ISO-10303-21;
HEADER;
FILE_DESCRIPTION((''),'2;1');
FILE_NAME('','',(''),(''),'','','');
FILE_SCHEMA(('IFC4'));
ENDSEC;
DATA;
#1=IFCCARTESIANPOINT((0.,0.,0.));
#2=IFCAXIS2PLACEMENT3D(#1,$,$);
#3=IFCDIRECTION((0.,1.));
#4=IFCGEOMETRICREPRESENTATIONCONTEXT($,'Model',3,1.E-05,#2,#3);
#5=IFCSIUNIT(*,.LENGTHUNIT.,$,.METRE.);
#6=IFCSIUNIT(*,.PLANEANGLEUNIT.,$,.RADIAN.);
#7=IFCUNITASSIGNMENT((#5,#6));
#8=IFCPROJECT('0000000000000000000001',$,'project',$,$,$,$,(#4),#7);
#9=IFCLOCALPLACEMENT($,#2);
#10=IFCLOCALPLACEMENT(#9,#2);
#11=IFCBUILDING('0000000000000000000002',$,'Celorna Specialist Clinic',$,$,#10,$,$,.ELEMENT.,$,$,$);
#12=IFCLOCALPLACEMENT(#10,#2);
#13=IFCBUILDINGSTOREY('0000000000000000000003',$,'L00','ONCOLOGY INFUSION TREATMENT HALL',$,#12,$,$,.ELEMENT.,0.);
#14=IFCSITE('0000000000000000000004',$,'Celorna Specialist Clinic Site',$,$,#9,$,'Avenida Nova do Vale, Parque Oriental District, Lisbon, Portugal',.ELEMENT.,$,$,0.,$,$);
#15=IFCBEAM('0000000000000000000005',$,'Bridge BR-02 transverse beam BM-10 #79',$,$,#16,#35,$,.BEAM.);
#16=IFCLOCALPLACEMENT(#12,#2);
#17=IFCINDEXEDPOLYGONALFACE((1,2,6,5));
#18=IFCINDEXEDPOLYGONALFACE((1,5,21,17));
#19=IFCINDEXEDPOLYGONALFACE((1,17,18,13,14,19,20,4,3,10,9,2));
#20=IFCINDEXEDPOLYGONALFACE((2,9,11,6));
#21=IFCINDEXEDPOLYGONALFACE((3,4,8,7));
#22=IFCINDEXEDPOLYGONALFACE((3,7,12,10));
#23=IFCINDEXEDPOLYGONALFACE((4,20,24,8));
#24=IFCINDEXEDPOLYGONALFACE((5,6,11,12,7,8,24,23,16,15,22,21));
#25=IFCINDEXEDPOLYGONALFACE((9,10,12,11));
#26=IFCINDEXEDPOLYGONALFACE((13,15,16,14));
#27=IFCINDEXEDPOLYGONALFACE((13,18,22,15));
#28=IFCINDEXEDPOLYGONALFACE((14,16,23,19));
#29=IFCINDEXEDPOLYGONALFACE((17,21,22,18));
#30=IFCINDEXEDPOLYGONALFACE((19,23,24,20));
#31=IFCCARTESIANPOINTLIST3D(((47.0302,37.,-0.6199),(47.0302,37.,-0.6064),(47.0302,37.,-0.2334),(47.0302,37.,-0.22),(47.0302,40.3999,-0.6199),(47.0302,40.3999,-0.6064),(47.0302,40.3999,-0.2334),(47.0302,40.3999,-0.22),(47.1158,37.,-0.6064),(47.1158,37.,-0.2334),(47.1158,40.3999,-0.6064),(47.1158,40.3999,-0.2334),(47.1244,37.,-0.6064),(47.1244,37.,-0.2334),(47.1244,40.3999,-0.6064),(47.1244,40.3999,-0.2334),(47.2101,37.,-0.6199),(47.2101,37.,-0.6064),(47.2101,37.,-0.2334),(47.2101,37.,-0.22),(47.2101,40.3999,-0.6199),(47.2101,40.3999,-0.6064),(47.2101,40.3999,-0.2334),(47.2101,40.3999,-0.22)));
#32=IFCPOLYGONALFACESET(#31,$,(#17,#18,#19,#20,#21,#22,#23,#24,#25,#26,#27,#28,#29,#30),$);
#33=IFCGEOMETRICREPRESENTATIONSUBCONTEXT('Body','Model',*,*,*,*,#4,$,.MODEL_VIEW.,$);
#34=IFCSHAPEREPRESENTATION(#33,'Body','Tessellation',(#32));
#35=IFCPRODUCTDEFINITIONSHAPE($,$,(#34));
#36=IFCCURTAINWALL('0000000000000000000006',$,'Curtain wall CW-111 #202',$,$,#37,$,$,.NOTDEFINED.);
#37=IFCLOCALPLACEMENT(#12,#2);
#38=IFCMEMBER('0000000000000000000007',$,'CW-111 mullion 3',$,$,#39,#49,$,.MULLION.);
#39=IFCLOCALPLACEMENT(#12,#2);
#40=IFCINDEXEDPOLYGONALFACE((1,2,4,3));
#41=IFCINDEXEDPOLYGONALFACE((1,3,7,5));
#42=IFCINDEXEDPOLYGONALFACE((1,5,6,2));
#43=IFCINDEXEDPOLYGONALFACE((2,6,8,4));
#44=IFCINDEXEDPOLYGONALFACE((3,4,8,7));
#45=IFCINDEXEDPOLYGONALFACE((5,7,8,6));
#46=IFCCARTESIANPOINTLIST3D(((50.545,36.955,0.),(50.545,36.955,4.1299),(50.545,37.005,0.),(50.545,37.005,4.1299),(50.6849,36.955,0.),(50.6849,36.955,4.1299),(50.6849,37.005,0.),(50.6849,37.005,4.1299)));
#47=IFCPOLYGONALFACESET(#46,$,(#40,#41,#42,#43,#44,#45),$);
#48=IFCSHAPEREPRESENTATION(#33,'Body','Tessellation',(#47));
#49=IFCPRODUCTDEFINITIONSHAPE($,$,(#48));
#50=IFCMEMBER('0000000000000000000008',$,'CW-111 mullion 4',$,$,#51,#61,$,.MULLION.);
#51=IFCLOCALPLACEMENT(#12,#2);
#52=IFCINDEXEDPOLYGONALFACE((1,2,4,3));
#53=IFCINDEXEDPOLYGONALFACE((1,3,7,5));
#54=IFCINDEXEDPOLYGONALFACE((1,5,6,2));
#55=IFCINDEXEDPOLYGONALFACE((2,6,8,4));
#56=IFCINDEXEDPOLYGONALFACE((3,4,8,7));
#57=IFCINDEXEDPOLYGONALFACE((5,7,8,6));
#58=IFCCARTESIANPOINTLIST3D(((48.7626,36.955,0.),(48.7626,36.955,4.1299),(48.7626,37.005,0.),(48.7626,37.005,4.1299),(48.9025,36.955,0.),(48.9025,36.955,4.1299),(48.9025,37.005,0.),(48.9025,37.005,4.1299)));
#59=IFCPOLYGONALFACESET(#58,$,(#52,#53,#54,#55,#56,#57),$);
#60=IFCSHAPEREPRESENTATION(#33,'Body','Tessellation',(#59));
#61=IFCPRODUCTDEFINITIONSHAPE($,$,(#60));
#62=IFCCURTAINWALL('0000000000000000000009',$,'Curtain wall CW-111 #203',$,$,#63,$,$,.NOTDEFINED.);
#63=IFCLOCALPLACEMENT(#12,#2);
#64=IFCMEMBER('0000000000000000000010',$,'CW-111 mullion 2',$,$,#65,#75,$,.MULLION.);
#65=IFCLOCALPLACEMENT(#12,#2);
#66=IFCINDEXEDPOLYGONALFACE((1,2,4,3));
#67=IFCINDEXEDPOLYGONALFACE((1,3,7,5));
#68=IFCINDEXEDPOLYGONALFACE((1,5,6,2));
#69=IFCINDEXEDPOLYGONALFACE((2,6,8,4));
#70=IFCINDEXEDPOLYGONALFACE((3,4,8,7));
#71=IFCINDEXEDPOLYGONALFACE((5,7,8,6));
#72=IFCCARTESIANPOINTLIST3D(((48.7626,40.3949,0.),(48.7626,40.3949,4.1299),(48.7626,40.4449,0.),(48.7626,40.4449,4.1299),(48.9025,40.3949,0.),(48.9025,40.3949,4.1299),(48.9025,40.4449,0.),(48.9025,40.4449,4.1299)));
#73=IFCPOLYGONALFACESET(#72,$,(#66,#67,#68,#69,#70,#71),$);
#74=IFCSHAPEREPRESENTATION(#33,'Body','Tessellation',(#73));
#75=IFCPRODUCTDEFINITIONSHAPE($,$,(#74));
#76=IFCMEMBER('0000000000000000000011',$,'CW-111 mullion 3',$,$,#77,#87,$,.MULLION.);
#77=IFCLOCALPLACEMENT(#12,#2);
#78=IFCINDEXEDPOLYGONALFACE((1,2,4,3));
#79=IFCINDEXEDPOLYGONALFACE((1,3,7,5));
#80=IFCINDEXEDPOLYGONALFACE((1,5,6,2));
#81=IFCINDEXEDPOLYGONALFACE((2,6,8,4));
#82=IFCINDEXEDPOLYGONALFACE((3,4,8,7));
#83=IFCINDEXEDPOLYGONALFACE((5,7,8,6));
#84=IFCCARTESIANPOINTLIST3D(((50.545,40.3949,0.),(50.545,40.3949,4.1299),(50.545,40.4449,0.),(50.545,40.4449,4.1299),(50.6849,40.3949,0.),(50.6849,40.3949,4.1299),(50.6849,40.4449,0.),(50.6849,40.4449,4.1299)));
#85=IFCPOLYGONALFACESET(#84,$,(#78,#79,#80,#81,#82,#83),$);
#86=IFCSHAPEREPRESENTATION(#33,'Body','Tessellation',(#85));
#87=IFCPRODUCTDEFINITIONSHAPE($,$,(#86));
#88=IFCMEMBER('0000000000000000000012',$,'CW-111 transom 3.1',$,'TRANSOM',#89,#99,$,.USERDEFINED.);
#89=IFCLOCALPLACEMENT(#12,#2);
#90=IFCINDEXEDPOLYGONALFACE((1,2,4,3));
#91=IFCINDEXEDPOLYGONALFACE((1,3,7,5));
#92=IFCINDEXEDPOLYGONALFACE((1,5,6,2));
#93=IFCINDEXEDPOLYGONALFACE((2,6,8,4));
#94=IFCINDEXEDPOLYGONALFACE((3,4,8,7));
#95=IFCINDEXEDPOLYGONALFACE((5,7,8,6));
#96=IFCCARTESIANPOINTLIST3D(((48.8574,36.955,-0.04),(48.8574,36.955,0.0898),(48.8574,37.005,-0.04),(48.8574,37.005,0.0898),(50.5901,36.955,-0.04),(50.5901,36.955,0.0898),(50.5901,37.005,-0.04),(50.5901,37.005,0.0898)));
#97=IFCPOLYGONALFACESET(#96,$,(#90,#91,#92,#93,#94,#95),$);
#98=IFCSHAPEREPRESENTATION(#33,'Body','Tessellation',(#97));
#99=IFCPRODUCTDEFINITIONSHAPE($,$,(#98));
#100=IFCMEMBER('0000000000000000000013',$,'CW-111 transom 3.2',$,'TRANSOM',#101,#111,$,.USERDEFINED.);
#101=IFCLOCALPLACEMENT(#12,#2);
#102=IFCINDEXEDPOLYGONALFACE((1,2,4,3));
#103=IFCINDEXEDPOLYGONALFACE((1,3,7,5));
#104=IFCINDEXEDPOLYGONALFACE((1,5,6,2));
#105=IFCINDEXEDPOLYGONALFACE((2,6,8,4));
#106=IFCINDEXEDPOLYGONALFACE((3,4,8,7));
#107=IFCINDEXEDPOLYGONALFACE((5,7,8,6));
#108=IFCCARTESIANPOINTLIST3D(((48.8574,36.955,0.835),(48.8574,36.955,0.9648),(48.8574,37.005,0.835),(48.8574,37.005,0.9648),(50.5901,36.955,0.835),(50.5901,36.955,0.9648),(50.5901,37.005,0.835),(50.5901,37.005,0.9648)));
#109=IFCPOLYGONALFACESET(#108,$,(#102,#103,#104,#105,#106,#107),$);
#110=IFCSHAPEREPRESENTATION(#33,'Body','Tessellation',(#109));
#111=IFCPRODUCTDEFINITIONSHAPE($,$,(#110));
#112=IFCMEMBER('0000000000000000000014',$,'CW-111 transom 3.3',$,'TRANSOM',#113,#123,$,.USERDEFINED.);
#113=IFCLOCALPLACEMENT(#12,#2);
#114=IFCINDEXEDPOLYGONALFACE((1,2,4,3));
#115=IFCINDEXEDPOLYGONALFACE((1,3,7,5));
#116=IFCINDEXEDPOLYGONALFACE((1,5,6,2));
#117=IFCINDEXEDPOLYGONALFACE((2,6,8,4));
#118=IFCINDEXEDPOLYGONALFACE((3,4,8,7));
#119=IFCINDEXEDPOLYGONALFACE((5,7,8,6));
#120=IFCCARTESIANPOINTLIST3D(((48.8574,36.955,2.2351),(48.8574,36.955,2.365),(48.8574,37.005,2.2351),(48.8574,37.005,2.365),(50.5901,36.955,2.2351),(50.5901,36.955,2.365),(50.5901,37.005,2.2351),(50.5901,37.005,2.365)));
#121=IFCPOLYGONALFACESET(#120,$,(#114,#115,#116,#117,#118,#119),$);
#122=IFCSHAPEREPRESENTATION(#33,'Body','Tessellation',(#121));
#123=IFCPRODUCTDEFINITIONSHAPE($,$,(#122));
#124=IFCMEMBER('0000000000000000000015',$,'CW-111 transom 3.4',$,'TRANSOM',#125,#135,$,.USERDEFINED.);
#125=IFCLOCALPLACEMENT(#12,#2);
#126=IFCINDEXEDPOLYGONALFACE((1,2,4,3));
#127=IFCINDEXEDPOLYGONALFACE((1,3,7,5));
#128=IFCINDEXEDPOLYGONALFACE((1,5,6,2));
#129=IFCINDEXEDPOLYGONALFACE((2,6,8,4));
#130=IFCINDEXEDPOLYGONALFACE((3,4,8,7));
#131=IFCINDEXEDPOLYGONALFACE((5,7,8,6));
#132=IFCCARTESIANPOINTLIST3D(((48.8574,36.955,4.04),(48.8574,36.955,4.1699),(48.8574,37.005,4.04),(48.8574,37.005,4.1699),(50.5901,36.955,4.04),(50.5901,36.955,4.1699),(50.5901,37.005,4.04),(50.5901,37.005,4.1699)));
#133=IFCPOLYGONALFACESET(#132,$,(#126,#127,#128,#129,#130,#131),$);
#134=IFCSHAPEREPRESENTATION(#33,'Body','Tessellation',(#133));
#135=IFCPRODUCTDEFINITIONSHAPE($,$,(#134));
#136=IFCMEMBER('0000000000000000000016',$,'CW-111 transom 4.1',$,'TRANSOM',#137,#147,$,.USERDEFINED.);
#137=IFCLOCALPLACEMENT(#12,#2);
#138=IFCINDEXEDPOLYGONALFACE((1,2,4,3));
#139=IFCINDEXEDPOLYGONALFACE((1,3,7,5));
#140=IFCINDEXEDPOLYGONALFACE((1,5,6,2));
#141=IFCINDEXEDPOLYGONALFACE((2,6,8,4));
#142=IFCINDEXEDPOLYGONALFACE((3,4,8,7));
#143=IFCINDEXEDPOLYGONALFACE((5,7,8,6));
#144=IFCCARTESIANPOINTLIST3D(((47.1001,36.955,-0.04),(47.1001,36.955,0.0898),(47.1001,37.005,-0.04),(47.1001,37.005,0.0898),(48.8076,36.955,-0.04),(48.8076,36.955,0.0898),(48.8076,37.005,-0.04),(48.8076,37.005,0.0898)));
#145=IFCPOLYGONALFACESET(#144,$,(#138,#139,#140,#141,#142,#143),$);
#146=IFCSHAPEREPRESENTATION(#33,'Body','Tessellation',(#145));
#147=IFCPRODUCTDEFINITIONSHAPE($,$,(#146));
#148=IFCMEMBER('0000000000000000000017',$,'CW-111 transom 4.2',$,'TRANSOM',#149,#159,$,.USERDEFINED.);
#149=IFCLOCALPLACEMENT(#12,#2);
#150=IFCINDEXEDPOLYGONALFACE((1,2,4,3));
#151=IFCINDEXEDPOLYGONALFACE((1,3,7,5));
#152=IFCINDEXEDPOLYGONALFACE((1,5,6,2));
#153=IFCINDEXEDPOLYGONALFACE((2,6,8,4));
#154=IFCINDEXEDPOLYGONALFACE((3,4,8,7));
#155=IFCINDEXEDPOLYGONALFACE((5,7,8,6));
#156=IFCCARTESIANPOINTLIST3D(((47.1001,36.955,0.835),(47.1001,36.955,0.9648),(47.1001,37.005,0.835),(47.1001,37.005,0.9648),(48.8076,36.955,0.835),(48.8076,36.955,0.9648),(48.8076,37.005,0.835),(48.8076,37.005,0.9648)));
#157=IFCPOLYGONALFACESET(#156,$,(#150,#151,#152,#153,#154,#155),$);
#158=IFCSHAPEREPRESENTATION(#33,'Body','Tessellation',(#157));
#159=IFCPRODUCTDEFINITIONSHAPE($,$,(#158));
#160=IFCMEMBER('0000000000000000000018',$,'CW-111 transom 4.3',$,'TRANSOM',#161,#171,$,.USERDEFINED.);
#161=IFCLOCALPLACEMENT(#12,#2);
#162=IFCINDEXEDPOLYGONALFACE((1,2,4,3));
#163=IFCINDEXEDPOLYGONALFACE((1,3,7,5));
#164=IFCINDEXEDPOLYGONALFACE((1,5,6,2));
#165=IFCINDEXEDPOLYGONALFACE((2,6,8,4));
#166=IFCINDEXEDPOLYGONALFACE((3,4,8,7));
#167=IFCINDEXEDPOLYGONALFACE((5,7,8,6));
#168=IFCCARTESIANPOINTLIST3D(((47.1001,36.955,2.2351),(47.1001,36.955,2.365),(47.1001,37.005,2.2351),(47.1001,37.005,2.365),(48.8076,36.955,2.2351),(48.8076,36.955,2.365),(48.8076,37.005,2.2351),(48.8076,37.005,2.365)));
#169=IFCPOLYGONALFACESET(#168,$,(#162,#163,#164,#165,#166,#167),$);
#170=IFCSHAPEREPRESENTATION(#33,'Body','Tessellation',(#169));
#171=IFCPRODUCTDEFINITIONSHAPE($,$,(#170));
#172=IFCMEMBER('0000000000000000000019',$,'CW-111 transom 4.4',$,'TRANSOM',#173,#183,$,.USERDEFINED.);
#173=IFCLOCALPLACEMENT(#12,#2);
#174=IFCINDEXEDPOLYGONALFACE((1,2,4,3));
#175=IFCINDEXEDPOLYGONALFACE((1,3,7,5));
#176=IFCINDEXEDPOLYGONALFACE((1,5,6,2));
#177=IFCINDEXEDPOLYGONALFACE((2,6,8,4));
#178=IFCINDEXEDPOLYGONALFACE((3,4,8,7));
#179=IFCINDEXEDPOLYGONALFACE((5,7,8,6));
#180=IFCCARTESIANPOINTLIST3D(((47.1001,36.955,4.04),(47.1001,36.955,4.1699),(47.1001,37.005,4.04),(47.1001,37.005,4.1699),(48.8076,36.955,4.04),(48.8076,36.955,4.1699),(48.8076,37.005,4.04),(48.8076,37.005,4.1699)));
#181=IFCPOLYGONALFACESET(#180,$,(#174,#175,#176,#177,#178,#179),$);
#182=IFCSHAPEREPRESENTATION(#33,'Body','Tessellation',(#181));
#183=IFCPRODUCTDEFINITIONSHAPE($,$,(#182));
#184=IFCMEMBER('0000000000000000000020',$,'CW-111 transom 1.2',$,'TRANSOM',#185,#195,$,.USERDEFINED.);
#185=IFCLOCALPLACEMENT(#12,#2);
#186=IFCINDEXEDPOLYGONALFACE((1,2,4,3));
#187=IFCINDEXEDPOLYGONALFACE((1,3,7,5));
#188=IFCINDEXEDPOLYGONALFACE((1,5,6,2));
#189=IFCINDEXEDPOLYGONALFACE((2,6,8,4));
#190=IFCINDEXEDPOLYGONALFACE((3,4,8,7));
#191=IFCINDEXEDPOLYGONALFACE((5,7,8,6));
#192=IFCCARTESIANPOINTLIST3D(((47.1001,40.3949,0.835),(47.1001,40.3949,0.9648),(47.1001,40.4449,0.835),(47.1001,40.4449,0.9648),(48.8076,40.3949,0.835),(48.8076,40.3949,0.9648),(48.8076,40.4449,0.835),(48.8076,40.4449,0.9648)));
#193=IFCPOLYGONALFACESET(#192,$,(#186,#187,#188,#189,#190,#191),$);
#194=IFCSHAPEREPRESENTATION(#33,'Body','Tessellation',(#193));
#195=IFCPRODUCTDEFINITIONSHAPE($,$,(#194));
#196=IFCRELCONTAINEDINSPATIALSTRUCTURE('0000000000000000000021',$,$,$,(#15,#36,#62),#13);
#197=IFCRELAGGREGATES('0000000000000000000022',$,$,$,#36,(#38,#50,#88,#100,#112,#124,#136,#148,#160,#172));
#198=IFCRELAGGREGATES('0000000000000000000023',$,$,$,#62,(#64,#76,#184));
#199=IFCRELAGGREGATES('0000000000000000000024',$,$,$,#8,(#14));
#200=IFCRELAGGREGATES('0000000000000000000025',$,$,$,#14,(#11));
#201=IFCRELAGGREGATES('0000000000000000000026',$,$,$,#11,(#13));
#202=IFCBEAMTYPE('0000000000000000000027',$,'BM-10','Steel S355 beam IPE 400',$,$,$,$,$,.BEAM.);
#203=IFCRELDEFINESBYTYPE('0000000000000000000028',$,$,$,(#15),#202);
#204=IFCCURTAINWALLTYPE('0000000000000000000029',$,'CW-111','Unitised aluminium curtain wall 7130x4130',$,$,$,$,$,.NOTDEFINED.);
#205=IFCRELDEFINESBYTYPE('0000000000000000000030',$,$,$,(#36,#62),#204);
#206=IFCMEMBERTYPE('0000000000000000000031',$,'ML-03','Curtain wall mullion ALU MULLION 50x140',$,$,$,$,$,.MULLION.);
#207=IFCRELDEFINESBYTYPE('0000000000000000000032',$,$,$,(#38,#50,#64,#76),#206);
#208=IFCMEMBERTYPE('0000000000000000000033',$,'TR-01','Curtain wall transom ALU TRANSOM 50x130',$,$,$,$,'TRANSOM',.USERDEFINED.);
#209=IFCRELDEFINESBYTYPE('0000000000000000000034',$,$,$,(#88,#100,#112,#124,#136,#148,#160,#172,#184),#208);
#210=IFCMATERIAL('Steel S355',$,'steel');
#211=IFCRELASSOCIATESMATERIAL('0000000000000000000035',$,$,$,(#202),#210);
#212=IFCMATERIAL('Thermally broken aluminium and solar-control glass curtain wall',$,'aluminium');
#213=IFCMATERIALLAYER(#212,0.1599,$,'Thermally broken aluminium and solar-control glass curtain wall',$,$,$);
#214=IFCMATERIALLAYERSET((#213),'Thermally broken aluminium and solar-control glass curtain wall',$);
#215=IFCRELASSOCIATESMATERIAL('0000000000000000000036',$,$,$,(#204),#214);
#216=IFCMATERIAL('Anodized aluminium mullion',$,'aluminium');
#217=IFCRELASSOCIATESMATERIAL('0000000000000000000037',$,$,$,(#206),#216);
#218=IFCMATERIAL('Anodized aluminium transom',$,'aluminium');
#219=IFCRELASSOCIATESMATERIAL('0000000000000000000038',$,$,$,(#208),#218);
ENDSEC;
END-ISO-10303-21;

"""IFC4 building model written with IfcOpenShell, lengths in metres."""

from ifc_helpers import new_model, si_unit, direction, frame, origin, origin_2d, place, context, subcontext, project, spatial, rectangle, i_section, extrude, material, layer, layer_set, material_profile, profile_set, type_object, element, aggregate, save


model = new_model("IFC4")

# Units and contexts
model_context = context("Model", 3, precision=1e-05, world=origin(), true_north=direction((0.0, 1.0)))
body_context = subcontext(model_context, "Body", "Model", "MODEL_VIEW")
ifc_project = project(units=[si_unit("LENGTHUNIT", "METRE"), si_unit("PLANEANGLEUNIT", "RADIAN")], contexts=[model_context])

# Site, building, storey
site_placement = place(None, origin())
site = spatial("IfcSite", under=ifc_project, at=site_placement, Name="Celorna Specialist Clinic Site", LongName="Avenida Nova do Vale, Parque Oriental District, Lisbon, Portugal", CompositionType="ELEMENT", RefElevation=0.0)
building_placement = place(site_placement, origin())
building = spatial("IfcBuilding", under=site, at=building_placement, Name="Celorna Specialist Clinic", CompositionType="ELEMENT")
storey_placement = place(building_placement, origin())
storey = spatial("IfcBuildingStorey", under=building, at=storey_placement, Name="L00", Description="ONCOLOGY INFUSION TREATMENT HALL", CompositionType="ELEMENT", Elevation=0.0)

# Beam
ifc_material_1 = material(Name="Steel S355", Category="steel")
ifc_material_profile_1 = material_profile(ifc_material_1, i_section(OverallWidth=0.1799, OverallDepth=0.3999, WebThickness=0.0085, FlangeThickness=0.0134, at=origin_2d()), Name="IPE 400")
ifc_profile_set_1 = profile_set([ifc_material_profile_1], Name="Steel S355")
beam_type = type_object("IfcBeamType", Name="BM-10", Description="Steel S355 beam IPE 400", PredefinedType="BEAM", material=ifc_profile_set_1)
beam_placement = place(storey_placement, frame((47.1201, 37.0, -0.4199), z_axis=(0.0, 1.0, 0.0), x_axis=(-1.0, 0.0, 0.0)))
element("IfcBeam", 1, at=beam_placement, inside=storey, type_object=beam_type, Name="Bridge BR-02 transverse beam BM-10 #79", PredefinedType="BEAM", context=body_context, shape_type="SweptSolid", body=[
    extrude(i_section(OverallWidth=0.1799, OverallDepth=0.3999, WebThickness=0.0085, FlangeThickness=0.0134, at=origin_2d()), origin(), (0.0, 0.0, 1.0), 3.3999),
])

# Curtain walls, members
ifc_material_2 = material(Name="Thermally broken aluminium and solar-control glass curtain wall", Category="aluminium")
ifc_layer_1 = layer(ifc_material_2, 0.1599, Name="Thermally broken aluminium and solar-control glass curtain wall")
ifc_layer_set_1 = layer_set([ifc_layer_1], Name="Thermally broken aluminium and solar-control glass curtain wall")
curtain_wall_type = type_object("IfcCurtainWallType", Name="CW-111", Description="Unitised aluminium curtain wall 7130x4130", PredefinedType="NOTDEFINED", material=ifc_layer_set_1)
curtain_wall_1_placement = place(storey_placement, origin())
curtain_wall_1 = element("IfcCurtainWall", 2, at=curtain_wall_1_placement, inside=storey, type_object=curtain_wall_type, Name="Curtain wall CW-111 #202", PredefinedType="NOTDEFINED")
ifc_material_3 = material(Name="Anodized aluminium mullion", Category="aluminium")
ifc_material_profile_2 = material_profile(ifc_material_3, rectangle(XDim=0.05, YDim=0.1399, at=origin_2d()), Name="ALU MULLION 50x140")
ifc_profile_set_2 = profile_set([ifc_material_profile_2], Name="Anodized aluminium mullion")
member_type_1 = type_object("IfcMemberType", Name="ML-03", Description="Curtain wall mullion ALU MULLION 50x140", PredefinedType="MULLION", material=ifc_profile_set_2)
member_1_placement = place(storey_placement, frame((50.615, 36.98, 0.0), z_axis=(0.0, 0.0, 1.0), x_axis=(0.0, -1.0, 0.0)))
member_1 = element("IfcMember", 3, at=member_1_placement, type_object=member_type_1, Name="CW-111 mullion 3", PredefinedType="MULLION", context=body_context, shape_type="SweptSolid", body=[
    extrude(rectangle(XDim=0.05, YDim=0.1399, at=origin_2d()), origin(), (0.0, 0.0, 1.0), 4.1299),
])
member_2_placement = place(storey_placement, frame((48.8325, 36.98, 0.0), z_axis=(0.0, 0.0, 1.0), x_axis=(0.0, -1.0, 0.0)))
member_2 = element("IfcMember", 4, at=member_2_placement, type_object=member_type_1, Name="CW-111 mullion 4", PredefinedType="MULLION", context=body_context, shape_type="SweptSolid", body=[
    extrude(rectangle(XDim=0.05, YDim=0.1399, at=origin_2d()), origin(), (0.0, 0.0, 1.0), 4.1299),
])
curtain_wall_2_placement = place(storey_placement, origin())
curtain_wall_2 = element("IfcCurtainWall", 5, at=curtain_wall_2_placement, inside=storey, type_object=curtain_wall_type, Name="Curtain wall CW-111 #203", PredefinedType="NOTDEFINED")
member_3_placement = place(storey_placement, frame((48.8325, 40.4199, 0.0), z_axis=(0.0, 0.0, 1.0), x_axis=(0.0, 1.0, 0.0)))
member_3 = element("IfcMember", 6, at=member_3_placement, type_object=member_type_1, Name="CW-111 mullion 2", PredefinedType="MULLION", context=body_context, shape_type="SweptSolid", body=[
    extrude(rectangle(XDim=0.05, YDim=0.1399, at=origin_2d()), origin(), (0.0, 0.0, 1.0), 4.1299),
])
member_4_placement = place(storey_placement, frame((50.615, 40.4199, 0.0), z_axis=(0.0, 0.0, 1.0), x_axis=(0.0, 1.0, 0.0)))
member_4 = element("IfcMember", 7, at=member_4_placement, type_object=member_type_1, Name="CW-111 mullion 3", PredefinedType="MULLION", context=body_context, shape_type="SweptSolid", body=[
    extrude(rectangle(XDim=0.05, YDim=0.1399, at=origin_2d()), origin(), (0.0, 0.0, 1.0), 4.1299),
])

# Members
ifc_material_4 = material(Name="Anodized aluminium transom", Category="aluminium")
ifc_material_profile_3 = material_profile(ifc_material_4, rectangle(XDim=0.05, YDim=0.1299, at=origin_2d()), Name="ALU TRANSOM 50x130")
ifc_profile_set_3 = profile_set([ifc_material_profile_3], Name="Anodized aluminium transom")
member_type_2 = type_object("IfcMemberType", Name="TR-01", Description="Curtain wall transom ALU TRANSOM 50x130", ElementType="TRANSOM", PredefinedType="USERDEFINED", material=ifc_profile_set_3)
member_5_placement = place(storey_placement, frame((50.5901, 36.98, 0.0249), z_axis=(-1.0, 0.0, 0.0), x_axis=(0.0, -1.0, 0.0)))
member_5 = element("IfcMember", 8, at=member_5_placement, type_object=member_type_2, Name="CW-111 transom 3.1", ObjectType="TRANSOM", PredefinedType="USERDEFINED", context=body_context, shape_type="SweptSolid", body=[
    extrude(rectangle(XDim=0.05, YDim=0.1299, at=origin_2d()), origin(), (0.0, 0.0, 1.0), 1.7327),
])
member_6_placement = place(storey_placement, frame((50.5901, 36.98, 0.8999), z_axis=(-1.0, 0.0, 0.0), x_axis=(0.0, -1.0, 0.0)))
member_6 = element("IfcMember", 9, at=member_6_placement, type_object=member_type_2, Name="CW-111 transom 3.2", ObjectType="TRANSOM", PredefinedType="USERDEFINED", context=body_context, shape_type="SweptSolid", body=[
    extrude(rectangle(XDim=0.05, YDim=0.1299, at=origin_2d()), origin(), (0.0, 0.0, 1.0), 1.7327),
])
member_7_placement = place(storey_placement, frame((50.5901, 36.98, 2.3), z_axis=(-1.0, 0.0, 0.0), x_axis=(0.0, -1.0, 0.0)))
member_7 = element("IfcMember", 10, at=member_7_placement, type_object=member_type_2, Name="CW-111 transom 3.3", ObjectType="TRANSOM", PredefinedType="USERDEFINED", context=body_context, shape_type="SweptSolid", body=[
    extrude(rectangle(XDim=0.05, YDim=0.1299, at=origin_2d()), origin(), (0.0, 0.0, 1.0), 1.7327),
])
member_8_placement = place(storey_placement, frame((50.5901, 36.98, 4.105), z_axis=(-1.0, 0.0, 0.0), x_axis=(0.0, -1.0, 0.0)))
member_8 = element("IfcMember", 11, at=member_8_placement, type_object=member_type_2, Name="CW-111 transom 3.4", ObjectType="TRANSOM", PredefinedType="USERDEFINED", context=body_context, shape_type="SweptSolid", body=[
    extrude(rectangle(XDim=0.05, YDim=0.1299, at=origin_2d()), origin(), (0.0, 0.0, 1.0), 1.7327),
])
member_9_placement = place(storey_placement, frame((48.8076, 36.98, 0.0249), z_axis=(-1.0, 0.0, 0.0), x_axis=(0.0, -1.0, 0.0)))
member_9 = element("IfcMember", 12, at=member_9_placement, type_object=member_type_2, Name="CW-111 transom 4.1", ObjectType="TRANSOM", PredefinedType="USERDEFINED", context=body_context, shape_type="SweptSolid", body=[
    extrude(rectangle(XDim=0.05, YDim=0.1299, at=origin_2d()), origin(), (0.0, 0.0, 1.0), 1.7075),
])
member_10_placement = place(storey_placement, frame((48.8076, 36.98, 0.8999), z_axis=(-1.0, 0.0, 0.0), x_axis=(0.0, -1.0, 0.0)))
member_10 = element("IfcMember", 13, at=member_10_placement, type_object=member_type_2, Name="CW-111 transom 4.2", ObjectType="TRANSOM", PredefinedType="USERDEFINED", context=body_context, shape_type="SweptSolid", body=[
    extrude(rectangle(XDim=0.05, YDim=0.1299, at=origin_2d()), origin(), (0.0, 0.0, 1.0), 1.7075),
])
member_11_placement = place(storey_placement, frame((48.8076, 36.98, 2.3), z_axis=(-1.0, 0.0, 0.0), x_axis=(0.0, -1.0, 0.0)))
member_11 = element("IfcMember", 14, at=member_11_placement, type_object=member_type_2, Name="CW-111 transom 4.3", ObjectType="TRANSOM", PredefinedType="USERDEFINED", context=body_context, shape_type="SweptSolid", body=[
    extrude(rectangle(XDim=0.05, YDim=0.1299, at=origin_2d()), origin(), (0.0, 0.0, 1.0), 1.7075),
])
member_12_placement = place(storey_placement, frame((48.8076, 36.98, 4.105), z_axis=(-1.0, 0.0, 0.0), x_axis=(0.0, -1.0, 0.0)))
member_12 = element("IfcMember", 15, at=member_12_placement, type_object=member_type_2, Name="CW-111 transom 4.4", ObjectType="TRANSOM", PredefinedType="USERDEFINED", context=body_context, shape_type="SweptSolid", body=[
    extrude(rectangle(XDim=0.05, YDim=0.1299, at=origin_2d()), origin(), (0.0, 0.0, 1.0), 1.7075),
])
member_13_placement = place(storey_placement, frame((47.1001, 40.4199, 0.8999), z_axis=(1.0, 0.0, 0.0), x_axis=(0.0, 1.0, 0.0)))
member_13 = element("IfcMember", 16, at=member_13_placement, type_object=member_type_2, Name="CW-111 transom 1.2", ObjectType="TRANSOM", PredefinedType="USERDEFINED", context=body_context, shape_type="SweptSolid", body=[
    extrude(rectangle(XDim=0.05, YDim=0.1299, at=origin_2d()), origin(), (0.0, 0.0, 1.0), 1.7075),
])

aggregate(curtain_wall_1, [member_1, member_2, member_5, member_6, member_7, member_8, member_9, member_10, member_11, member_12])
aggregate(curtain_wall_2, [member_3, member_4, member_13])

save(model, "model.ifc")
